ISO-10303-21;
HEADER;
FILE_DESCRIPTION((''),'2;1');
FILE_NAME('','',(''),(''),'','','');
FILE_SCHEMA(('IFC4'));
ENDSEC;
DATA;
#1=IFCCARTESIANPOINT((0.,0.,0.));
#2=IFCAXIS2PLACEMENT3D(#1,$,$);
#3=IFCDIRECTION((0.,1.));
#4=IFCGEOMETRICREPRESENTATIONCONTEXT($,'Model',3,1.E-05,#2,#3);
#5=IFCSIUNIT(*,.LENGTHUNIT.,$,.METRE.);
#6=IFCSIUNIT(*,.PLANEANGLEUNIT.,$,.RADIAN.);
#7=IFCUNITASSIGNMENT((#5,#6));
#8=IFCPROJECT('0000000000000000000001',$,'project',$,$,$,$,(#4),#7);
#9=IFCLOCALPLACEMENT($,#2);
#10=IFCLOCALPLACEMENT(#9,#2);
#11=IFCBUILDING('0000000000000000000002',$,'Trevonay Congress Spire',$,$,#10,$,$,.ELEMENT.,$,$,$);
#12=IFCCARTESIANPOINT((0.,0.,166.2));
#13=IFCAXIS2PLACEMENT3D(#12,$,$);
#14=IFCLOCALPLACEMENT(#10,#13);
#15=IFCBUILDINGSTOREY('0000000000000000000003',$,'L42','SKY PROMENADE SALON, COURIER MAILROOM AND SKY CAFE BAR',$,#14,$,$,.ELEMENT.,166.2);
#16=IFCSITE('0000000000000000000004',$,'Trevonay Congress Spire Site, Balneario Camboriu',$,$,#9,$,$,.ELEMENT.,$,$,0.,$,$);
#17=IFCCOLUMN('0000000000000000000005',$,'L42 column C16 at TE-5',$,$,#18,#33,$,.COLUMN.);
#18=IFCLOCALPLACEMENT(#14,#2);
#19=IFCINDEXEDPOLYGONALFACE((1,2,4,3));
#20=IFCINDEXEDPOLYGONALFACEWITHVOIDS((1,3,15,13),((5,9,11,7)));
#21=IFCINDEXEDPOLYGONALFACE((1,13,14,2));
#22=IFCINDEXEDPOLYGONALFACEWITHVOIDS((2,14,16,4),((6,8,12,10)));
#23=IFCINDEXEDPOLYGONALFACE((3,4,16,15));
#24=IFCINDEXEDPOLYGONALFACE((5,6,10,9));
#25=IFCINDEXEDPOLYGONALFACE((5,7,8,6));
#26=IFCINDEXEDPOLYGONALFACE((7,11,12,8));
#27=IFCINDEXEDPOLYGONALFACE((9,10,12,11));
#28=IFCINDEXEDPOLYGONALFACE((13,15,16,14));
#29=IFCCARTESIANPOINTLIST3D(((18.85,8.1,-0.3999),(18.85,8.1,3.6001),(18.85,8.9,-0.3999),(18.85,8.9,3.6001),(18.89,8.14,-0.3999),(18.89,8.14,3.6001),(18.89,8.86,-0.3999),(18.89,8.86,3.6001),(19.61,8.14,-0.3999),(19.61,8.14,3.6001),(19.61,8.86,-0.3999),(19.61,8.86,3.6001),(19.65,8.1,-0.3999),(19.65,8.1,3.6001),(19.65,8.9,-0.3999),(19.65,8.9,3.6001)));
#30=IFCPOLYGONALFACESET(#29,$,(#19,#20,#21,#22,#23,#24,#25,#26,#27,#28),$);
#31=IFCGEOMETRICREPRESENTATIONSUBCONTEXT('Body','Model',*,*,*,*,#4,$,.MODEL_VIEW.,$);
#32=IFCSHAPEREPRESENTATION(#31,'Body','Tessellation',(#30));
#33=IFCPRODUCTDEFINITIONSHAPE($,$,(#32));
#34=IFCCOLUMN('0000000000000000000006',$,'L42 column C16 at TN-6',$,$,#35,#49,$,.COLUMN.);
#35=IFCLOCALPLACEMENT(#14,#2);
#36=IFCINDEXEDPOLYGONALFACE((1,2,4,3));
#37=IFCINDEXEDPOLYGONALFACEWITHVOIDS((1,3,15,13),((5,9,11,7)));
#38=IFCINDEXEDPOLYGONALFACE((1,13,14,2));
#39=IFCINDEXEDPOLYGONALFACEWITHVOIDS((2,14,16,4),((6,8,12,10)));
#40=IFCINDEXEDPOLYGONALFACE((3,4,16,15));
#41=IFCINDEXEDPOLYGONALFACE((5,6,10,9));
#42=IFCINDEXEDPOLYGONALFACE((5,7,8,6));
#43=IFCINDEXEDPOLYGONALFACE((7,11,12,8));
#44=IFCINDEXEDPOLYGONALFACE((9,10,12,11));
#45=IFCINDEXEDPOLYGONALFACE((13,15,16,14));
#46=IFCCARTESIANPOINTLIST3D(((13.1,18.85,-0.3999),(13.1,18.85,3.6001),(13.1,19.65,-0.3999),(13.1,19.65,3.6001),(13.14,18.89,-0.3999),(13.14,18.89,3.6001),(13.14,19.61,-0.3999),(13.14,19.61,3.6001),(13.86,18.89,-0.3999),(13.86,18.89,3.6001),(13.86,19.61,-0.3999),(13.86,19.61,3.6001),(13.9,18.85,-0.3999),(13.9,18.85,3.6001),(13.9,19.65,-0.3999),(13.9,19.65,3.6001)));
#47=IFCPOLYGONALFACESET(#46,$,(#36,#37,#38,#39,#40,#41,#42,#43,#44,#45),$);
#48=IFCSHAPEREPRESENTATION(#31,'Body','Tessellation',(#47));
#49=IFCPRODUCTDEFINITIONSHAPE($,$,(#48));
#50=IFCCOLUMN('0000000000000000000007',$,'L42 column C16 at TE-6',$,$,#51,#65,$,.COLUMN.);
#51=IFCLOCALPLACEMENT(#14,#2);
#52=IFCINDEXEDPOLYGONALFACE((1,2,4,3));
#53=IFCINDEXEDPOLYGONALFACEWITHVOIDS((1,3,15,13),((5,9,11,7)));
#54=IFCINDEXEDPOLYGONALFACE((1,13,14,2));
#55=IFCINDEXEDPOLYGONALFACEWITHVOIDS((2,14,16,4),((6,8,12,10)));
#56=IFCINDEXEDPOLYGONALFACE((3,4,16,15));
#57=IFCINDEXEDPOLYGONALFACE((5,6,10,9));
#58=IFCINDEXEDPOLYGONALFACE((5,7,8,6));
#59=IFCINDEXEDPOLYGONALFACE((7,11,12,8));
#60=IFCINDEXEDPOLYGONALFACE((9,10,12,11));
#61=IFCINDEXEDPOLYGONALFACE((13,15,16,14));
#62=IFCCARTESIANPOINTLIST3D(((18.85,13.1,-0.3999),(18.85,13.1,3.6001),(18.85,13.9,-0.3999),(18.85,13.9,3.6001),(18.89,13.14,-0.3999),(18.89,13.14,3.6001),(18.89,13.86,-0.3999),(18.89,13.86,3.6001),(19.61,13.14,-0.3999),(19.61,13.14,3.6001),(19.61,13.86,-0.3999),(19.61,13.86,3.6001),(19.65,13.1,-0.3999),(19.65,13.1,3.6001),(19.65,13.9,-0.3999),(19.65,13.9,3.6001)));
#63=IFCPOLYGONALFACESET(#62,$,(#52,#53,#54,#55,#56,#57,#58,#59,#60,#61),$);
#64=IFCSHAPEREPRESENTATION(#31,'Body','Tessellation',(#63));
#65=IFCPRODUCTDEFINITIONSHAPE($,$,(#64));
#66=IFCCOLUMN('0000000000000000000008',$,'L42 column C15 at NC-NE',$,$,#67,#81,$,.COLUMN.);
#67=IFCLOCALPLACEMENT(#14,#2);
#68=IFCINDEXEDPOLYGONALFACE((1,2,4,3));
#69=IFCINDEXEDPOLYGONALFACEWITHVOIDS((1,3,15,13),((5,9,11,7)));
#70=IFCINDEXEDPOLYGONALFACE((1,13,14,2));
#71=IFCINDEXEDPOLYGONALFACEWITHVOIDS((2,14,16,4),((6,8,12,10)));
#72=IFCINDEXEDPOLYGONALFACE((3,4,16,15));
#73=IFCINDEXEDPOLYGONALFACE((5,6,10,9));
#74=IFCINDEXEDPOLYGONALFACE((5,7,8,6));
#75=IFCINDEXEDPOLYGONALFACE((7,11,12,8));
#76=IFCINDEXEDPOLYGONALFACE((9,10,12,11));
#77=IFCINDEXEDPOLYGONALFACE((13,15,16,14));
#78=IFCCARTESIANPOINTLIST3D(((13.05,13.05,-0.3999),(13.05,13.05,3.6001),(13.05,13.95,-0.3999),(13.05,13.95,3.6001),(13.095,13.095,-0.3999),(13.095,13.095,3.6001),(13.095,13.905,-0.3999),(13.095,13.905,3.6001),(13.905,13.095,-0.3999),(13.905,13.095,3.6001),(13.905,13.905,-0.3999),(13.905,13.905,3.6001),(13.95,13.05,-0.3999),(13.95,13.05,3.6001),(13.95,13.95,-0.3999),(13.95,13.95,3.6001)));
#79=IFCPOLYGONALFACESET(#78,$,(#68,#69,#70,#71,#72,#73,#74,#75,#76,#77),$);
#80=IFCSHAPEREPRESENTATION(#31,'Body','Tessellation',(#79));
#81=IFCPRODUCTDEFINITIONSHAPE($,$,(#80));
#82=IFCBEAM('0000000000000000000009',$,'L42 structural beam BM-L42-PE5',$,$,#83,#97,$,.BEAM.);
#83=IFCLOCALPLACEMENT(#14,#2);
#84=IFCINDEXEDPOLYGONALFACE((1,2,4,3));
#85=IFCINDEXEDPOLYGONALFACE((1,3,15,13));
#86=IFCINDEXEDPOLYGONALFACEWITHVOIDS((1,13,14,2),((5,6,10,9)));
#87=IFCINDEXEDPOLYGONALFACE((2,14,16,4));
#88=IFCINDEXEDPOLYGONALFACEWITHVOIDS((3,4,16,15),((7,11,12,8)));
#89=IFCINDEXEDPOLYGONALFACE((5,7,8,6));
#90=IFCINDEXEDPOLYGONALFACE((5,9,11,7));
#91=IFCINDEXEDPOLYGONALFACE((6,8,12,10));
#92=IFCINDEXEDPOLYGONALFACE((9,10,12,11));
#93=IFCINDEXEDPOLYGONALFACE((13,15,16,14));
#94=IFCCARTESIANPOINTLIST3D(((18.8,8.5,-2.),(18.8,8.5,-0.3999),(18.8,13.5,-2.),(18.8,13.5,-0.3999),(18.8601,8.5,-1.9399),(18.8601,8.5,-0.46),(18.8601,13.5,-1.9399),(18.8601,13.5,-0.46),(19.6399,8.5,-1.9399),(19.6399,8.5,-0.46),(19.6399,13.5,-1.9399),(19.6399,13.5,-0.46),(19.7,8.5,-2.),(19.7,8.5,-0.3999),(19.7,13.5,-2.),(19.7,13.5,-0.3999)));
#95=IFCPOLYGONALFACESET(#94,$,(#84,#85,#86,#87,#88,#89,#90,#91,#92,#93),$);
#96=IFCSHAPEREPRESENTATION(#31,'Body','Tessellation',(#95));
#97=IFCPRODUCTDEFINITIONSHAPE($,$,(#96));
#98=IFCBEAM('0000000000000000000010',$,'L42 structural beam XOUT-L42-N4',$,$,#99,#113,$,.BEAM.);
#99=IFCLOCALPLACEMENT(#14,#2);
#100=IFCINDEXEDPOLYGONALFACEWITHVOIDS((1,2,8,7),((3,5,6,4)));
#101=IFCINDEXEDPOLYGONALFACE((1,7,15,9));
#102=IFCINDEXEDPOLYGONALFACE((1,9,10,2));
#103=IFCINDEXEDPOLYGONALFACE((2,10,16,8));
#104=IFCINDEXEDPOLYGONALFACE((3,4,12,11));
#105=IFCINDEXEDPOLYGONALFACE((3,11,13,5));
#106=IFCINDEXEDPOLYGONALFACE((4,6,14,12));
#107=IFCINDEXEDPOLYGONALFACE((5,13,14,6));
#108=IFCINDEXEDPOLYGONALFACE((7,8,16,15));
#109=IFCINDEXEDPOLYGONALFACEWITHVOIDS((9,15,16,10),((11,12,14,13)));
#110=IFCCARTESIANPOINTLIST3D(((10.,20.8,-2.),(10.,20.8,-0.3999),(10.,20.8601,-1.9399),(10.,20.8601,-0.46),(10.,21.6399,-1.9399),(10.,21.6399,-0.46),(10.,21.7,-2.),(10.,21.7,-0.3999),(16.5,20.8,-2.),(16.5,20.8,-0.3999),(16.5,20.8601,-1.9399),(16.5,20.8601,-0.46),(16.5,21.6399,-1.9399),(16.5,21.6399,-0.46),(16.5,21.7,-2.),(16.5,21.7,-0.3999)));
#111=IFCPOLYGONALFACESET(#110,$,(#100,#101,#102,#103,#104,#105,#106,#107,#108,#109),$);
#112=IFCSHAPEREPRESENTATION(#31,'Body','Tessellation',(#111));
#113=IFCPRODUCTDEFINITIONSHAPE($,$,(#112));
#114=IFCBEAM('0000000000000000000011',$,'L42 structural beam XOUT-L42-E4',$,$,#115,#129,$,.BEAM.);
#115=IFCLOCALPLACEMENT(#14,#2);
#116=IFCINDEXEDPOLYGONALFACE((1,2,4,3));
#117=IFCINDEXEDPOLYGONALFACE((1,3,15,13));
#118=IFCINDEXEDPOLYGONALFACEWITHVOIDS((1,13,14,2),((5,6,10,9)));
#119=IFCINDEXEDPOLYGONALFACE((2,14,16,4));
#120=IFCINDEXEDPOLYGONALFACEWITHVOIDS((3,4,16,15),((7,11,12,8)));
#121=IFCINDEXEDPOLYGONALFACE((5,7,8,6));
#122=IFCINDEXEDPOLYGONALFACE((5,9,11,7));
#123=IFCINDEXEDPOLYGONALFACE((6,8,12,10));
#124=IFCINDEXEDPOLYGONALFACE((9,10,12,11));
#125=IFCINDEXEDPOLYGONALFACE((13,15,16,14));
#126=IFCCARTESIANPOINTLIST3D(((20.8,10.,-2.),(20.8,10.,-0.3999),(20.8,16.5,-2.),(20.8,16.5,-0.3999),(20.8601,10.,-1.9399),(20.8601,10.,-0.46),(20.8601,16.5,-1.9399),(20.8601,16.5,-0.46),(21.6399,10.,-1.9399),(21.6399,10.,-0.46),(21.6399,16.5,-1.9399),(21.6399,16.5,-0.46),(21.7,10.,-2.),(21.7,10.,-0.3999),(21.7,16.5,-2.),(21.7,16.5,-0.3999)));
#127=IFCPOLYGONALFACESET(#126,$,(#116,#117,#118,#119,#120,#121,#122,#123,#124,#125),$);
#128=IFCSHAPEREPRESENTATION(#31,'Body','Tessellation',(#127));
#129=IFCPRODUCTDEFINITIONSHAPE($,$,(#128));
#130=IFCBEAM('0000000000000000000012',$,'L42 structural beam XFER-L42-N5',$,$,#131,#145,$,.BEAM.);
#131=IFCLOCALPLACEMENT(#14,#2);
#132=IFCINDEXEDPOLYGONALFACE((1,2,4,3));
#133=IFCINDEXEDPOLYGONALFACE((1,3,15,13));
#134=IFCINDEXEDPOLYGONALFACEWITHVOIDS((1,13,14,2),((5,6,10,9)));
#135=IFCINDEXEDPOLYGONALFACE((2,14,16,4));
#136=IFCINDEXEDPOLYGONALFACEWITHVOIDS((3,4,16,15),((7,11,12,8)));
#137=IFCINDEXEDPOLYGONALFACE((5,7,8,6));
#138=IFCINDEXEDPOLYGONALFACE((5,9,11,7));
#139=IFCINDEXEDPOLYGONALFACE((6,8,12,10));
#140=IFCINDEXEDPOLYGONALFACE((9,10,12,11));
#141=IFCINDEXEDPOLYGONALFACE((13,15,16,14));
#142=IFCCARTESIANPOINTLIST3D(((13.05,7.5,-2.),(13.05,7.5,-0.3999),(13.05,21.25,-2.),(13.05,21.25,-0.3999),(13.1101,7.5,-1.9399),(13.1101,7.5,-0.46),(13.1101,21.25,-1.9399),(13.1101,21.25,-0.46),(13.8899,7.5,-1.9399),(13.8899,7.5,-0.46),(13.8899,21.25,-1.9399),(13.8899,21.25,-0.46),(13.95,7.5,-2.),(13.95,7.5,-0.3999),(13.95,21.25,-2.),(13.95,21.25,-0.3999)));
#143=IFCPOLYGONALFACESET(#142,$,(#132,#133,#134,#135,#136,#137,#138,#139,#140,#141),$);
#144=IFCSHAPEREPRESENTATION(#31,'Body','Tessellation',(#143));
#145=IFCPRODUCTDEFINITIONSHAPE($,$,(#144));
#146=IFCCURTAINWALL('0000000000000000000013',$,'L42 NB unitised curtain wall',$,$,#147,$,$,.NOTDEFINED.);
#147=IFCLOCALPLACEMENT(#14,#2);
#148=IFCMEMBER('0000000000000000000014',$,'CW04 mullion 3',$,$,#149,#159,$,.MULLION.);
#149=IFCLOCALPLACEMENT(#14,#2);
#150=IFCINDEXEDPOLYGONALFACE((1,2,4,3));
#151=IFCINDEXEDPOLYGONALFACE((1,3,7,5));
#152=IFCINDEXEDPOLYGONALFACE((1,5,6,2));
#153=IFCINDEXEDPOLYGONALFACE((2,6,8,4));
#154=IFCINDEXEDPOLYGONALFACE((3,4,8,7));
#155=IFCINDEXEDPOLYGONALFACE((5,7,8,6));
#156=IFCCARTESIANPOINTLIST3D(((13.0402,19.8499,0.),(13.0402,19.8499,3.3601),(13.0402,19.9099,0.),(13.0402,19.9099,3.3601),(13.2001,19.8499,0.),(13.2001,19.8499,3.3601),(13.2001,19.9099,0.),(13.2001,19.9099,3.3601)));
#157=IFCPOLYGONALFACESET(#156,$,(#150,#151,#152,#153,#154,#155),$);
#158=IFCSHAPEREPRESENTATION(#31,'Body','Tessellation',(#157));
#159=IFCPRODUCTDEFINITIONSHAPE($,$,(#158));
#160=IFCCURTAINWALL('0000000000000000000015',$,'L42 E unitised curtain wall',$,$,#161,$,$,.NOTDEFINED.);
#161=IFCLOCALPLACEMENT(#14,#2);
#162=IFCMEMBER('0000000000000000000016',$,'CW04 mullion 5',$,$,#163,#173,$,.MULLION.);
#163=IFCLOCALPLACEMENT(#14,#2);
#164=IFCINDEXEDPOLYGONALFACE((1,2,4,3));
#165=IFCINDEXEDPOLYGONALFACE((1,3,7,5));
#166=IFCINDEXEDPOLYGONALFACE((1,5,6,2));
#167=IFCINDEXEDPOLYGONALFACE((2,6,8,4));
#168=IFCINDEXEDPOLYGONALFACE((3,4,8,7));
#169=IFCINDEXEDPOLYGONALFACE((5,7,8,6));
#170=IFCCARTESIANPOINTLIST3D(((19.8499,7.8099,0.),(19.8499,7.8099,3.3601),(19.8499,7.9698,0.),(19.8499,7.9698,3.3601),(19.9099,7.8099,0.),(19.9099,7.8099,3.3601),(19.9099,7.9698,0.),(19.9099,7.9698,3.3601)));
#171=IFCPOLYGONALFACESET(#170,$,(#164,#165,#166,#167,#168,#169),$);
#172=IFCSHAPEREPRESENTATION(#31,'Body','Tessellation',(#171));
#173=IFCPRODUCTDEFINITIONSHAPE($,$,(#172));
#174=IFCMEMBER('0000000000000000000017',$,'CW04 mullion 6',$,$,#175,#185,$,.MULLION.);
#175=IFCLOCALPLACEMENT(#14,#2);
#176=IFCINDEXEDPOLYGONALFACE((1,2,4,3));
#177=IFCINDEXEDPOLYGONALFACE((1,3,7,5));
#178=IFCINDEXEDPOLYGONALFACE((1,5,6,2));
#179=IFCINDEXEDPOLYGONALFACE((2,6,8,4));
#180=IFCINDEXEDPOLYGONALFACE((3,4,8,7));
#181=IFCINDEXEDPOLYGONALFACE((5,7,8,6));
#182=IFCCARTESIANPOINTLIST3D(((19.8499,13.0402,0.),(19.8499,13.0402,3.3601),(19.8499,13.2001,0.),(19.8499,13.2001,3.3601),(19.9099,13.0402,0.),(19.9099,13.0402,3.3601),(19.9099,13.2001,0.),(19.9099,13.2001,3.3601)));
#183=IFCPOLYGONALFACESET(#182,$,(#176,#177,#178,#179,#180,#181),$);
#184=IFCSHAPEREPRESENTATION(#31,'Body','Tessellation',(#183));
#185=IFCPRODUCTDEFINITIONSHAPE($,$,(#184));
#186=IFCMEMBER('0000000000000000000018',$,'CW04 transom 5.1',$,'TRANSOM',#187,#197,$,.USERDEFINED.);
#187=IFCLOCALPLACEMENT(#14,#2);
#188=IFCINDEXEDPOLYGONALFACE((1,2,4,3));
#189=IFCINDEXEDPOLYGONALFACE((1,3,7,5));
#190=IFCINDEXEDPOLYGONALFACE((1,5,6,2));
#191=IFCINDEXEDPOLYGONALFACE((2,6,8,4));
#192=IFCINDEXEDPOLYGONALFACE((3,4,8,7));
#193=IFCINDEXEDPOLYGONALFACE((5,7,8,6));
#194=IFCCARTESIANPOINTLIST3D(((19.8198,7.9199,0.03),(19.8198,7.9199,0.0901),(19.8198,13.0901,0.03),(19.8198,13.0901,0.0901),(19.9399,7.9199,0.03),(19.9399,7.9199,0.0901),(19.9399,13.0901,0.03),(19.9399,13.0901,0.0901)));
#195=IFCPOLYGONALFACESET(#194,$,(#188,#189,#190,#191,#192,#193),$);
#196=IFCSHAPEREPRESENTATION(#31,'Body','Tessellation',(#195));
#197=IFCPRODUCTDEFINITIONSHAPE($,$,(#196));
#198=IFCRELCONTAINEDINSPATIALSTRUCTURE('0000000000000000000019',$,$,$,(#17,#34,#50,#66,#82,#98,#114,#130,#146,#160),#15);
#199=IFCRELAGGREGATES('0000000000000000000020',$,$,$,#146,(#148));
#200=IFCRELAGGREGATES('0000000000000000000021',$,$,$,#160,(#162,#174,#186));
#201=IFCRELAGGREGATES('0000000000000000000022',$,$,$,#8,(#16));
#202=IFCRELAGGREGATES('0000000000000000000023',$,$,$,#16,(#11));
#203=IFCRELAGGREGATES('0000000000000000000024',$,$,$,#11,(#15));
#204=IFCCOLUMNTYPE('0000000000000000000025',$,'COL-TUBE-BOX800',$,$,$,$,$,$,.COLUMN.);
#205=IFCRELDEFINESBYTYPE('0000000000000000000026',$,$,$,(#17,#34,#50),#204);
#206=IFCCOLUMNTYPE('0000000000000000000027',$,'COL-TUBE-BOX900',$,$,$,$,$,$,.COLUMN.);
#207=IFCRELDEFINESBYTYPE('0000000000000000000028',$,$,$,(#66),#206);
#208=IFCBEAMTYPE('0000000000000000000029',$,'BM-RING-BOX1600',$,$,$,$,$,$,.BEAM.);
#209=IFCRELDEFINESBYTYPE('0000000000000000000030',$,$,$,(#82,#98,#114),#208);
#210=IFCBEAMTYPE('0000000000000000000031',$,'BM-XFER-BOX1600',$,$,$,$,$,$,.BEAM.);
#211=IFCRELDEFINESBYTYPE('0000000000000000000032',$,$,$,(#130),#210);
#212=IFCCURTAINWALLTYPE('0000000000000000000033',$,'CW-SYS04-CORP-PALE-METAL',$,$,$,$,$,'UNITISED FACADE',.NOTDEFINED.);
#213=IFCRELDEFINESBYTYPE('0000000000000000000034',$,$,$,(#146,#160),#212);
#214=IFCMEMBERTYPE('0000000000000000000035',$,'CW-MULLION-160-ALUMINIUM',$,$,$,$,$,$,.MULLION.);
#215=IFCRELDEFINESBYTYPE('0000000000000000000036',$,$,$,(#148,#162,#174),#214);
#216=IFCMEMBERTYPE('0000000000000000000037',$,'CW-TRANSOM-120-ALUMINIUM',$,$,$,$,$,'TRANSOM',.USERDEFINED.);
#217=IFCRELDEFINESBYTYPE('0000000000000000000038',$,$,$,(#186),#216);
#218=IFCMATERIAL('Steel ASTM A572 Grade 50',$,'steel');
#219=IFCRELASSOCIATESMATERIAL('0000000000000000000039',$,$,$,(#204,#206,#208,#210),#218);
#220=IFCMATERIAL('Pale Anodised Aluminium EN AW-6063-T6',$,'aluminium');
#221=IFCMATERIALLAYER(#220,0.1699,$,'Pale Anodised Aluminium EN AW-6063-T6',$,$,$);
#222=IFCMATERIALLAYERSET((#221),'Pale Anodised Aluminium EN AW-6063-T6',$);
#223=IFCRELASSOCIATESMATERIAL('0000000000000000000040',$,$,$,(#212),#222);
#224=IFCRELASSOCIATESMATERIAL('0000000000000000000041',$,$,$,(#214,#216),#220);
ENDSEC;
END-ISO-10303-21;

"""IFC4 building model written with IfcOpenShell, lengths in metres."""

from ifc_helpers import new_model, si_unit, direction, frame, origin, origin_2d, place, context, subcontext, project, spatial, rectangle, hollow_rectangle, extrude, material, layer, layer_set, material_profile, profile_set, type_object, element, aggregate, save


model = new_model("IFC4")

# Units and contexts
model_context = context("Model", 3, precision=1e-05, world=origin(), true_north=direction((0.0, 1.0)))
body_context = subcontext(model_context, "Body", "Model", "MODEL_VIEW")
ifc_project = project(units=[si_unit("LENGTHUNIT", "METRE"), si_unit("PLANEANGLEUNIT", "RADIAN")], contexts=[model_context])

# Site, building, storey
site_placement = place(None, origin())
site = spatial("IfcSite", under=ifc_project, at=site_placement, Name="Trevonay Congress Spire Site, Balneario Camboriu", CompositionType="ELEMENT", RefElevation=0.0)
building_placement = place(site_placement, origin())
building = spatial("IfcBuilding", under=site, at=building_placement, Name="Trevonay Congress Spire", CompositionType="ELEMENT")
storey_placement = place(building_placement, frame((0.0, 0.0, 166.2)))
storey = spatial("IfcBuildingStorey", under=building, at=storey_placement, Name="L42", Description="SKY PROMENADE SALON, COURIER MAILROOM AND SKY CAFE BAR", CompositionType="ELEMENT", Elevation=166.2)

# Columns
ifc_material_1 = material(Name="Steel ASTM A572 Grade 50", Category="steel")
ifc_material_profile_1 = material_profile(ifc_material_1, hollow_rectangle(XDim=0.8, YDim=0.8, WallThickness=0.04, at=origin_2d()), Name="BOX 800x800x40")
ifc_profile_set_1 = profile_set([ifc_material_profile_1], Name="Steel ASTM A572 Grade 50")
column_type_1 = type_object("IfcColumnType", Name="COL-TUBE-BOX800", PredefinedType="COLUMN", material=ifc_profile_set_1)
for number, where, z_axis, x_axis, name in (
    (1, (19.25, 8.5, -0.3999), (0.0, 0.0, 1.0), (1.0, 0.0, 0.0), "L42 column C16 at TE-5"),
    (2, (13.5, 19.25, -0.3999), (0.0, 0.0, 1.0), (1.0, 0.0, 0.0), "L42 column C16 at TN-6"),
    (3, (19.25, 13.5, -0.3999), (0.0, 0.0, 1.0), (1.0, 0.0, 0.0), "L42 column C16 at TE-6"),
):
    element("IfcColumn", number, at=place(storey_placement, frame(where, z_axis=z_axis, x_axis=x_axis)), inside=storey, type_object=column_type_1, Name=name, PredefinedType="COLUMN", context=body_context, shape_type="SweptSolid", body=[
        extrude(hollow_rectangle(XDim=0.8, YDim=0.8, WallThickness=0.04, at=origin_2d()), origin(), (0.0, 0.0, 1.0), 4.0),
    ])
ifc_material_profile_2 = material_profile(ifc_material_1, hollow_rectangle(XDim=0.8999, YDim=0.8999, WallThickness=0.0449, at=origin_2d()), Name="BOX 900x900x45")
ifc_profile_set_2 = profile_set([ifc_material_profile_2], Name="Steel ASTM A572 Grade 50")
column_type_2 = type_object("IfcColumnType", Name="COL-TUBE-BOX900", PredefinedType="COLUMN", material=ifc_profile_set_2)
column_placement = place(storey_placement, frame((13.5, 13.5, -0.3999), z_axis=(0.0, 0.0, 1.0), x_axis=(1.0, 0.0, 0.0)))
element("IfcColumn", 4, at=column_placement, inside=storey, type_object=column_type_2, Name="L42 column C15 at NC-NE", PredefinedType="COLUMN", context=body_context, shape_type="SweptSolid", body=[
    extrude(hollow_rectangle(XDim=0.8999, YDim=0.8999, WallThickness=0.0449, at=origin_2d()), origin(), (0.0, 0.0, 1.0), 4.0),
])

# Beams
ifc_material_profile_3 = material_profile(ifc_material_1, hollow_rectangle(XDim=0.8999, YDim=1.6001, WallThickness=0.0601, at=origin_2d()), Name="BOX 1600x900x60")
ifc_profile_set_3 = profile_set([ifc_material_profile_3], Name="Steel ASTM A572 Grade 50")
beam_type_1 = type_object("IfcBeamType", Name="BM-RING-BOX1600", PredefinedType="BEAM", material=ifc_profile_set_3)
beam_1_placement = place(storey_placement, frame((19.25, 8.5, -1.2), z_axis=(0.0, 1.0, 0.0), x_axis=(-1.0, 0.0, 0.0)))
element("IfcBeam", 5, at=beam_1_placement, inside=storey, type_object=beam_type_1, Name="L42 structural beam BM-L42-PE5", PredefinedType="BEAM", context=body_context, shape_type="SweptSolid", body=[
    extrude(hollow_rectangle(XDim=0.8999, YDim=1.6001, WallThickness=0.0601, at=origin_2d()), origin(), (0.0, 0.0, 1.0), 5.0),
])
for number, where, z_axis, x_axis, name in (
    (6, (10.0, 21.25, -1.2), (1.0, 0.0, 0.0), (0.0, 1.0, 0.0), "L42 structural beam XOUT-L42-N4"),
    (7, (21.25, 10.0, -1.2), (0.0, 1.0, 0.0), (-1.0, 0.0, 0.0), "L42 structural beam XOUT-L42-E4"),
):
    element("IfcBeam", number, at=place(storey_placement, frame(where, z_axis=z_axis, x_axis=x_axis)), inside=storey, type_object=beam_type_1, Name=name, PredefinedType="BEAM", context=body_context, shape_type="SweptSolid", body=[
        extrude(hollow_rectangle(XDim=0.8999, YDim=1.6001, WallThickness=0.0601, at=origin_2d()), origin(), (0.0, 0.0, 1.0), 6.5),
    ])
ifc_material_profile_4 = material_profile(ifc_material_1, hollow_rectangle(XDim=0.8999, YDim=1.6001, WallThickness=0.0601, at=origin_2d()), Name="BOX 1600x900x60")
ifc_profile_set_4 = profile_set([ifc_material_profile_4], Name="Steel ASTM A572 Grade 50")
beam_type_2 = type_object("IfcBeamType", Name="BM-XFER-BOX1600", PredefinedType="BEAM", material=ifc_profile_set_4)
beam_2_placement = place(storey_placement, frame((13.5, 7.5, -1.2), z_axis=(0.0, 1.0, 0.0), x_axis=(-1.0, 0.0, 0.0)))
element("IfcBeam", 8, at=beam_2_placement, inside=storey, type_object=beam_type_2, Name="L42 structural beam XFER-L42-N5", PredefinedType="BEAM", context=body_context, shape_type="SweptSolid", body=[
    extrude(hollow_rectangle(XDim=0.8999, YDim=1.6001, WallThickness=0.0601, at=origin_2d()), origin(), (0.0, 0.0, 1.0), 13.75),
])

# Curtain wall, member
ifc_material_2 = material(Name="Pale Anodised Aluminium EN AW-6063-T6", Category="aluminium")
ifc_layer_1 = layer(ifc_material_2, 0.1699, Name="Pale Anodised Aluminium EN AW-6063-T6")
ifc_layer_set_1 = layer_set([ifc_layer_1], Name="Pale Anodised Aluminium EN AW-6063-T6")
curtain_wall_type = type_object("IfcCurtainWallType", Name="CW-SYS04-CORP-PALE-METAL", ElementType="UNITISED FACADE", PredefinedType="NOTDEFINED", material=ifc_layer_set_1)
curtain_wall_1_placement = place(storey_placement, origin())
curtain_wall_1 = element("IfcCurtainWall", 9, at=curtain_wall_1_placement, inside=storey, type_object=curtain_wall_type, Name="L42 NB unitised curtain wall", PredefinedType="NOTDEFINED")
ifc_material_profile_5 = material_profile(ifc_material_2, rectangle(XDim=0.0601, YDim=0.1599, at=origin_2d()), Name="CW-MULLION-160-ALUMINIUM")
ifc_profile_set_5 = profile_set([ifc_material_profile_5], Name="Pale Anodised Aluminium EN AW-6063-T6")
member_type_1 = type_object("IfcMemberType", Name="CW-MULLION-160-ALUMINIUM", PredefinedType="MULLION", material=ifc_profile_set_5)
member_1_placement = place(storey_placement, frame((13.1201, 19.8799, 0.0), z_axis=(0.0, 0.0, 1.0), x_axis=(0.0, 1.0, 0.0)))
member_1 = element("IfcMember", 10, at=member_1_placement, type_object=member_type_1, Name="CW04 mullion 3", PredefinedType="MULLION", context=body_context, shape_type="SweptSolid", body=[
    extrude(rectangle(XDim=0.0601, YDim=0.1599, at=origin_2d()), origin(), (0.0, 0.0, 1.0), 3.3601),
])

# Curtain wall, members
curtain_wall_2_placement = place(storey_placement, origin())
curtain_wall_2 = element("IfcCurtainWall", 11, at=curtain_wall_2_placement, inside=storey, type_object=curtain_wall_type, Name="L42 E unitised curtain wall", PredefinedType="NOTDEFINED")
member_2_placement = place(storey_placement, frame((19.8799, 7.8899, 0.0), z_axis=(0.0, 0.0, 1.0), x_axis=(-1.0, 0.0, 0.0)))
member_2 = element("IfcMember", 12, at=member_2_placement, type_object=member_type_1, Name="CW04 mullion 5", PredefinedType="MULLION", context=body_context, shape_type="SweptSolid", body=[
    extrude(rectangle(XDim=0.0601, YDim=0.1599, at=origin_2d()), origin(), (0.0, 0.0, 1.0), 3.3601),
])
member_3_placement = place(storey_placement, frame((19.8799, 13.1201, 0.0), z_axis=(0.0, 0.0, 1.0), x_axis=(-1.0, 0.0, 0.0)))
member_3 = element("IfcMember", 13, at=member_3_placement, type_object=member_type_1, Name="CW04 mullion 6", PredefinedType="MULLION", context=body_context, shape_type="SweptSolid", body=[
    extrude(rectangle(XDim=0.0601, YDim=0.1599, at=origin_2d()), origin(), (0.0, 0.0, 1.0), 3.3601),
])
ifc_material_profile_6 = material_profile(ifc_material_2, rectangle(XDim=0.1201, YDim=0.0601, at=origin_2d()), Name="CW-TRANSOM-120-ALUMINIUM")
ifc_profile_set_6 = profile_set([ifc_material_profile_6], Name="Pale Anodised Aluminium EN AW-6063-T6")
member_type_2 = type_object("IfcMemberType", Name="CW-TRANSOM-120-ALUMINIUM", ElementType="TRANSOM", PredefinedType="USERDEFINED", material=ifc_profile_set_6)
member_4_placement = place(storey_placement, frame((19.8799, 7.9199, 0.0601), z_axis=(0.0, 1.0, 0.0), x_axis=(-1.0, 0.0, 0.0)))
member_4 = element("IfcMember", 14, at=member_4_placement, type_object=member_type_2, Name="CW04 transom 5.1", ObjectType="TRANSOM", PredefinedType="USERDEFINED", context=body_context, shape_type="SweptSolid", body=[
    extrude(rectangle(XDim=0.1201, YDim=0.0601, at=origin_2d()), origin(), (0.0, 0.0, 1.0), 5.1702),
])

aggregate(curtain_wall_1, [member_1])
aggregate(curtain_wall_2, [member_2, member_3, member_4])

save(model, "model.ifc")
